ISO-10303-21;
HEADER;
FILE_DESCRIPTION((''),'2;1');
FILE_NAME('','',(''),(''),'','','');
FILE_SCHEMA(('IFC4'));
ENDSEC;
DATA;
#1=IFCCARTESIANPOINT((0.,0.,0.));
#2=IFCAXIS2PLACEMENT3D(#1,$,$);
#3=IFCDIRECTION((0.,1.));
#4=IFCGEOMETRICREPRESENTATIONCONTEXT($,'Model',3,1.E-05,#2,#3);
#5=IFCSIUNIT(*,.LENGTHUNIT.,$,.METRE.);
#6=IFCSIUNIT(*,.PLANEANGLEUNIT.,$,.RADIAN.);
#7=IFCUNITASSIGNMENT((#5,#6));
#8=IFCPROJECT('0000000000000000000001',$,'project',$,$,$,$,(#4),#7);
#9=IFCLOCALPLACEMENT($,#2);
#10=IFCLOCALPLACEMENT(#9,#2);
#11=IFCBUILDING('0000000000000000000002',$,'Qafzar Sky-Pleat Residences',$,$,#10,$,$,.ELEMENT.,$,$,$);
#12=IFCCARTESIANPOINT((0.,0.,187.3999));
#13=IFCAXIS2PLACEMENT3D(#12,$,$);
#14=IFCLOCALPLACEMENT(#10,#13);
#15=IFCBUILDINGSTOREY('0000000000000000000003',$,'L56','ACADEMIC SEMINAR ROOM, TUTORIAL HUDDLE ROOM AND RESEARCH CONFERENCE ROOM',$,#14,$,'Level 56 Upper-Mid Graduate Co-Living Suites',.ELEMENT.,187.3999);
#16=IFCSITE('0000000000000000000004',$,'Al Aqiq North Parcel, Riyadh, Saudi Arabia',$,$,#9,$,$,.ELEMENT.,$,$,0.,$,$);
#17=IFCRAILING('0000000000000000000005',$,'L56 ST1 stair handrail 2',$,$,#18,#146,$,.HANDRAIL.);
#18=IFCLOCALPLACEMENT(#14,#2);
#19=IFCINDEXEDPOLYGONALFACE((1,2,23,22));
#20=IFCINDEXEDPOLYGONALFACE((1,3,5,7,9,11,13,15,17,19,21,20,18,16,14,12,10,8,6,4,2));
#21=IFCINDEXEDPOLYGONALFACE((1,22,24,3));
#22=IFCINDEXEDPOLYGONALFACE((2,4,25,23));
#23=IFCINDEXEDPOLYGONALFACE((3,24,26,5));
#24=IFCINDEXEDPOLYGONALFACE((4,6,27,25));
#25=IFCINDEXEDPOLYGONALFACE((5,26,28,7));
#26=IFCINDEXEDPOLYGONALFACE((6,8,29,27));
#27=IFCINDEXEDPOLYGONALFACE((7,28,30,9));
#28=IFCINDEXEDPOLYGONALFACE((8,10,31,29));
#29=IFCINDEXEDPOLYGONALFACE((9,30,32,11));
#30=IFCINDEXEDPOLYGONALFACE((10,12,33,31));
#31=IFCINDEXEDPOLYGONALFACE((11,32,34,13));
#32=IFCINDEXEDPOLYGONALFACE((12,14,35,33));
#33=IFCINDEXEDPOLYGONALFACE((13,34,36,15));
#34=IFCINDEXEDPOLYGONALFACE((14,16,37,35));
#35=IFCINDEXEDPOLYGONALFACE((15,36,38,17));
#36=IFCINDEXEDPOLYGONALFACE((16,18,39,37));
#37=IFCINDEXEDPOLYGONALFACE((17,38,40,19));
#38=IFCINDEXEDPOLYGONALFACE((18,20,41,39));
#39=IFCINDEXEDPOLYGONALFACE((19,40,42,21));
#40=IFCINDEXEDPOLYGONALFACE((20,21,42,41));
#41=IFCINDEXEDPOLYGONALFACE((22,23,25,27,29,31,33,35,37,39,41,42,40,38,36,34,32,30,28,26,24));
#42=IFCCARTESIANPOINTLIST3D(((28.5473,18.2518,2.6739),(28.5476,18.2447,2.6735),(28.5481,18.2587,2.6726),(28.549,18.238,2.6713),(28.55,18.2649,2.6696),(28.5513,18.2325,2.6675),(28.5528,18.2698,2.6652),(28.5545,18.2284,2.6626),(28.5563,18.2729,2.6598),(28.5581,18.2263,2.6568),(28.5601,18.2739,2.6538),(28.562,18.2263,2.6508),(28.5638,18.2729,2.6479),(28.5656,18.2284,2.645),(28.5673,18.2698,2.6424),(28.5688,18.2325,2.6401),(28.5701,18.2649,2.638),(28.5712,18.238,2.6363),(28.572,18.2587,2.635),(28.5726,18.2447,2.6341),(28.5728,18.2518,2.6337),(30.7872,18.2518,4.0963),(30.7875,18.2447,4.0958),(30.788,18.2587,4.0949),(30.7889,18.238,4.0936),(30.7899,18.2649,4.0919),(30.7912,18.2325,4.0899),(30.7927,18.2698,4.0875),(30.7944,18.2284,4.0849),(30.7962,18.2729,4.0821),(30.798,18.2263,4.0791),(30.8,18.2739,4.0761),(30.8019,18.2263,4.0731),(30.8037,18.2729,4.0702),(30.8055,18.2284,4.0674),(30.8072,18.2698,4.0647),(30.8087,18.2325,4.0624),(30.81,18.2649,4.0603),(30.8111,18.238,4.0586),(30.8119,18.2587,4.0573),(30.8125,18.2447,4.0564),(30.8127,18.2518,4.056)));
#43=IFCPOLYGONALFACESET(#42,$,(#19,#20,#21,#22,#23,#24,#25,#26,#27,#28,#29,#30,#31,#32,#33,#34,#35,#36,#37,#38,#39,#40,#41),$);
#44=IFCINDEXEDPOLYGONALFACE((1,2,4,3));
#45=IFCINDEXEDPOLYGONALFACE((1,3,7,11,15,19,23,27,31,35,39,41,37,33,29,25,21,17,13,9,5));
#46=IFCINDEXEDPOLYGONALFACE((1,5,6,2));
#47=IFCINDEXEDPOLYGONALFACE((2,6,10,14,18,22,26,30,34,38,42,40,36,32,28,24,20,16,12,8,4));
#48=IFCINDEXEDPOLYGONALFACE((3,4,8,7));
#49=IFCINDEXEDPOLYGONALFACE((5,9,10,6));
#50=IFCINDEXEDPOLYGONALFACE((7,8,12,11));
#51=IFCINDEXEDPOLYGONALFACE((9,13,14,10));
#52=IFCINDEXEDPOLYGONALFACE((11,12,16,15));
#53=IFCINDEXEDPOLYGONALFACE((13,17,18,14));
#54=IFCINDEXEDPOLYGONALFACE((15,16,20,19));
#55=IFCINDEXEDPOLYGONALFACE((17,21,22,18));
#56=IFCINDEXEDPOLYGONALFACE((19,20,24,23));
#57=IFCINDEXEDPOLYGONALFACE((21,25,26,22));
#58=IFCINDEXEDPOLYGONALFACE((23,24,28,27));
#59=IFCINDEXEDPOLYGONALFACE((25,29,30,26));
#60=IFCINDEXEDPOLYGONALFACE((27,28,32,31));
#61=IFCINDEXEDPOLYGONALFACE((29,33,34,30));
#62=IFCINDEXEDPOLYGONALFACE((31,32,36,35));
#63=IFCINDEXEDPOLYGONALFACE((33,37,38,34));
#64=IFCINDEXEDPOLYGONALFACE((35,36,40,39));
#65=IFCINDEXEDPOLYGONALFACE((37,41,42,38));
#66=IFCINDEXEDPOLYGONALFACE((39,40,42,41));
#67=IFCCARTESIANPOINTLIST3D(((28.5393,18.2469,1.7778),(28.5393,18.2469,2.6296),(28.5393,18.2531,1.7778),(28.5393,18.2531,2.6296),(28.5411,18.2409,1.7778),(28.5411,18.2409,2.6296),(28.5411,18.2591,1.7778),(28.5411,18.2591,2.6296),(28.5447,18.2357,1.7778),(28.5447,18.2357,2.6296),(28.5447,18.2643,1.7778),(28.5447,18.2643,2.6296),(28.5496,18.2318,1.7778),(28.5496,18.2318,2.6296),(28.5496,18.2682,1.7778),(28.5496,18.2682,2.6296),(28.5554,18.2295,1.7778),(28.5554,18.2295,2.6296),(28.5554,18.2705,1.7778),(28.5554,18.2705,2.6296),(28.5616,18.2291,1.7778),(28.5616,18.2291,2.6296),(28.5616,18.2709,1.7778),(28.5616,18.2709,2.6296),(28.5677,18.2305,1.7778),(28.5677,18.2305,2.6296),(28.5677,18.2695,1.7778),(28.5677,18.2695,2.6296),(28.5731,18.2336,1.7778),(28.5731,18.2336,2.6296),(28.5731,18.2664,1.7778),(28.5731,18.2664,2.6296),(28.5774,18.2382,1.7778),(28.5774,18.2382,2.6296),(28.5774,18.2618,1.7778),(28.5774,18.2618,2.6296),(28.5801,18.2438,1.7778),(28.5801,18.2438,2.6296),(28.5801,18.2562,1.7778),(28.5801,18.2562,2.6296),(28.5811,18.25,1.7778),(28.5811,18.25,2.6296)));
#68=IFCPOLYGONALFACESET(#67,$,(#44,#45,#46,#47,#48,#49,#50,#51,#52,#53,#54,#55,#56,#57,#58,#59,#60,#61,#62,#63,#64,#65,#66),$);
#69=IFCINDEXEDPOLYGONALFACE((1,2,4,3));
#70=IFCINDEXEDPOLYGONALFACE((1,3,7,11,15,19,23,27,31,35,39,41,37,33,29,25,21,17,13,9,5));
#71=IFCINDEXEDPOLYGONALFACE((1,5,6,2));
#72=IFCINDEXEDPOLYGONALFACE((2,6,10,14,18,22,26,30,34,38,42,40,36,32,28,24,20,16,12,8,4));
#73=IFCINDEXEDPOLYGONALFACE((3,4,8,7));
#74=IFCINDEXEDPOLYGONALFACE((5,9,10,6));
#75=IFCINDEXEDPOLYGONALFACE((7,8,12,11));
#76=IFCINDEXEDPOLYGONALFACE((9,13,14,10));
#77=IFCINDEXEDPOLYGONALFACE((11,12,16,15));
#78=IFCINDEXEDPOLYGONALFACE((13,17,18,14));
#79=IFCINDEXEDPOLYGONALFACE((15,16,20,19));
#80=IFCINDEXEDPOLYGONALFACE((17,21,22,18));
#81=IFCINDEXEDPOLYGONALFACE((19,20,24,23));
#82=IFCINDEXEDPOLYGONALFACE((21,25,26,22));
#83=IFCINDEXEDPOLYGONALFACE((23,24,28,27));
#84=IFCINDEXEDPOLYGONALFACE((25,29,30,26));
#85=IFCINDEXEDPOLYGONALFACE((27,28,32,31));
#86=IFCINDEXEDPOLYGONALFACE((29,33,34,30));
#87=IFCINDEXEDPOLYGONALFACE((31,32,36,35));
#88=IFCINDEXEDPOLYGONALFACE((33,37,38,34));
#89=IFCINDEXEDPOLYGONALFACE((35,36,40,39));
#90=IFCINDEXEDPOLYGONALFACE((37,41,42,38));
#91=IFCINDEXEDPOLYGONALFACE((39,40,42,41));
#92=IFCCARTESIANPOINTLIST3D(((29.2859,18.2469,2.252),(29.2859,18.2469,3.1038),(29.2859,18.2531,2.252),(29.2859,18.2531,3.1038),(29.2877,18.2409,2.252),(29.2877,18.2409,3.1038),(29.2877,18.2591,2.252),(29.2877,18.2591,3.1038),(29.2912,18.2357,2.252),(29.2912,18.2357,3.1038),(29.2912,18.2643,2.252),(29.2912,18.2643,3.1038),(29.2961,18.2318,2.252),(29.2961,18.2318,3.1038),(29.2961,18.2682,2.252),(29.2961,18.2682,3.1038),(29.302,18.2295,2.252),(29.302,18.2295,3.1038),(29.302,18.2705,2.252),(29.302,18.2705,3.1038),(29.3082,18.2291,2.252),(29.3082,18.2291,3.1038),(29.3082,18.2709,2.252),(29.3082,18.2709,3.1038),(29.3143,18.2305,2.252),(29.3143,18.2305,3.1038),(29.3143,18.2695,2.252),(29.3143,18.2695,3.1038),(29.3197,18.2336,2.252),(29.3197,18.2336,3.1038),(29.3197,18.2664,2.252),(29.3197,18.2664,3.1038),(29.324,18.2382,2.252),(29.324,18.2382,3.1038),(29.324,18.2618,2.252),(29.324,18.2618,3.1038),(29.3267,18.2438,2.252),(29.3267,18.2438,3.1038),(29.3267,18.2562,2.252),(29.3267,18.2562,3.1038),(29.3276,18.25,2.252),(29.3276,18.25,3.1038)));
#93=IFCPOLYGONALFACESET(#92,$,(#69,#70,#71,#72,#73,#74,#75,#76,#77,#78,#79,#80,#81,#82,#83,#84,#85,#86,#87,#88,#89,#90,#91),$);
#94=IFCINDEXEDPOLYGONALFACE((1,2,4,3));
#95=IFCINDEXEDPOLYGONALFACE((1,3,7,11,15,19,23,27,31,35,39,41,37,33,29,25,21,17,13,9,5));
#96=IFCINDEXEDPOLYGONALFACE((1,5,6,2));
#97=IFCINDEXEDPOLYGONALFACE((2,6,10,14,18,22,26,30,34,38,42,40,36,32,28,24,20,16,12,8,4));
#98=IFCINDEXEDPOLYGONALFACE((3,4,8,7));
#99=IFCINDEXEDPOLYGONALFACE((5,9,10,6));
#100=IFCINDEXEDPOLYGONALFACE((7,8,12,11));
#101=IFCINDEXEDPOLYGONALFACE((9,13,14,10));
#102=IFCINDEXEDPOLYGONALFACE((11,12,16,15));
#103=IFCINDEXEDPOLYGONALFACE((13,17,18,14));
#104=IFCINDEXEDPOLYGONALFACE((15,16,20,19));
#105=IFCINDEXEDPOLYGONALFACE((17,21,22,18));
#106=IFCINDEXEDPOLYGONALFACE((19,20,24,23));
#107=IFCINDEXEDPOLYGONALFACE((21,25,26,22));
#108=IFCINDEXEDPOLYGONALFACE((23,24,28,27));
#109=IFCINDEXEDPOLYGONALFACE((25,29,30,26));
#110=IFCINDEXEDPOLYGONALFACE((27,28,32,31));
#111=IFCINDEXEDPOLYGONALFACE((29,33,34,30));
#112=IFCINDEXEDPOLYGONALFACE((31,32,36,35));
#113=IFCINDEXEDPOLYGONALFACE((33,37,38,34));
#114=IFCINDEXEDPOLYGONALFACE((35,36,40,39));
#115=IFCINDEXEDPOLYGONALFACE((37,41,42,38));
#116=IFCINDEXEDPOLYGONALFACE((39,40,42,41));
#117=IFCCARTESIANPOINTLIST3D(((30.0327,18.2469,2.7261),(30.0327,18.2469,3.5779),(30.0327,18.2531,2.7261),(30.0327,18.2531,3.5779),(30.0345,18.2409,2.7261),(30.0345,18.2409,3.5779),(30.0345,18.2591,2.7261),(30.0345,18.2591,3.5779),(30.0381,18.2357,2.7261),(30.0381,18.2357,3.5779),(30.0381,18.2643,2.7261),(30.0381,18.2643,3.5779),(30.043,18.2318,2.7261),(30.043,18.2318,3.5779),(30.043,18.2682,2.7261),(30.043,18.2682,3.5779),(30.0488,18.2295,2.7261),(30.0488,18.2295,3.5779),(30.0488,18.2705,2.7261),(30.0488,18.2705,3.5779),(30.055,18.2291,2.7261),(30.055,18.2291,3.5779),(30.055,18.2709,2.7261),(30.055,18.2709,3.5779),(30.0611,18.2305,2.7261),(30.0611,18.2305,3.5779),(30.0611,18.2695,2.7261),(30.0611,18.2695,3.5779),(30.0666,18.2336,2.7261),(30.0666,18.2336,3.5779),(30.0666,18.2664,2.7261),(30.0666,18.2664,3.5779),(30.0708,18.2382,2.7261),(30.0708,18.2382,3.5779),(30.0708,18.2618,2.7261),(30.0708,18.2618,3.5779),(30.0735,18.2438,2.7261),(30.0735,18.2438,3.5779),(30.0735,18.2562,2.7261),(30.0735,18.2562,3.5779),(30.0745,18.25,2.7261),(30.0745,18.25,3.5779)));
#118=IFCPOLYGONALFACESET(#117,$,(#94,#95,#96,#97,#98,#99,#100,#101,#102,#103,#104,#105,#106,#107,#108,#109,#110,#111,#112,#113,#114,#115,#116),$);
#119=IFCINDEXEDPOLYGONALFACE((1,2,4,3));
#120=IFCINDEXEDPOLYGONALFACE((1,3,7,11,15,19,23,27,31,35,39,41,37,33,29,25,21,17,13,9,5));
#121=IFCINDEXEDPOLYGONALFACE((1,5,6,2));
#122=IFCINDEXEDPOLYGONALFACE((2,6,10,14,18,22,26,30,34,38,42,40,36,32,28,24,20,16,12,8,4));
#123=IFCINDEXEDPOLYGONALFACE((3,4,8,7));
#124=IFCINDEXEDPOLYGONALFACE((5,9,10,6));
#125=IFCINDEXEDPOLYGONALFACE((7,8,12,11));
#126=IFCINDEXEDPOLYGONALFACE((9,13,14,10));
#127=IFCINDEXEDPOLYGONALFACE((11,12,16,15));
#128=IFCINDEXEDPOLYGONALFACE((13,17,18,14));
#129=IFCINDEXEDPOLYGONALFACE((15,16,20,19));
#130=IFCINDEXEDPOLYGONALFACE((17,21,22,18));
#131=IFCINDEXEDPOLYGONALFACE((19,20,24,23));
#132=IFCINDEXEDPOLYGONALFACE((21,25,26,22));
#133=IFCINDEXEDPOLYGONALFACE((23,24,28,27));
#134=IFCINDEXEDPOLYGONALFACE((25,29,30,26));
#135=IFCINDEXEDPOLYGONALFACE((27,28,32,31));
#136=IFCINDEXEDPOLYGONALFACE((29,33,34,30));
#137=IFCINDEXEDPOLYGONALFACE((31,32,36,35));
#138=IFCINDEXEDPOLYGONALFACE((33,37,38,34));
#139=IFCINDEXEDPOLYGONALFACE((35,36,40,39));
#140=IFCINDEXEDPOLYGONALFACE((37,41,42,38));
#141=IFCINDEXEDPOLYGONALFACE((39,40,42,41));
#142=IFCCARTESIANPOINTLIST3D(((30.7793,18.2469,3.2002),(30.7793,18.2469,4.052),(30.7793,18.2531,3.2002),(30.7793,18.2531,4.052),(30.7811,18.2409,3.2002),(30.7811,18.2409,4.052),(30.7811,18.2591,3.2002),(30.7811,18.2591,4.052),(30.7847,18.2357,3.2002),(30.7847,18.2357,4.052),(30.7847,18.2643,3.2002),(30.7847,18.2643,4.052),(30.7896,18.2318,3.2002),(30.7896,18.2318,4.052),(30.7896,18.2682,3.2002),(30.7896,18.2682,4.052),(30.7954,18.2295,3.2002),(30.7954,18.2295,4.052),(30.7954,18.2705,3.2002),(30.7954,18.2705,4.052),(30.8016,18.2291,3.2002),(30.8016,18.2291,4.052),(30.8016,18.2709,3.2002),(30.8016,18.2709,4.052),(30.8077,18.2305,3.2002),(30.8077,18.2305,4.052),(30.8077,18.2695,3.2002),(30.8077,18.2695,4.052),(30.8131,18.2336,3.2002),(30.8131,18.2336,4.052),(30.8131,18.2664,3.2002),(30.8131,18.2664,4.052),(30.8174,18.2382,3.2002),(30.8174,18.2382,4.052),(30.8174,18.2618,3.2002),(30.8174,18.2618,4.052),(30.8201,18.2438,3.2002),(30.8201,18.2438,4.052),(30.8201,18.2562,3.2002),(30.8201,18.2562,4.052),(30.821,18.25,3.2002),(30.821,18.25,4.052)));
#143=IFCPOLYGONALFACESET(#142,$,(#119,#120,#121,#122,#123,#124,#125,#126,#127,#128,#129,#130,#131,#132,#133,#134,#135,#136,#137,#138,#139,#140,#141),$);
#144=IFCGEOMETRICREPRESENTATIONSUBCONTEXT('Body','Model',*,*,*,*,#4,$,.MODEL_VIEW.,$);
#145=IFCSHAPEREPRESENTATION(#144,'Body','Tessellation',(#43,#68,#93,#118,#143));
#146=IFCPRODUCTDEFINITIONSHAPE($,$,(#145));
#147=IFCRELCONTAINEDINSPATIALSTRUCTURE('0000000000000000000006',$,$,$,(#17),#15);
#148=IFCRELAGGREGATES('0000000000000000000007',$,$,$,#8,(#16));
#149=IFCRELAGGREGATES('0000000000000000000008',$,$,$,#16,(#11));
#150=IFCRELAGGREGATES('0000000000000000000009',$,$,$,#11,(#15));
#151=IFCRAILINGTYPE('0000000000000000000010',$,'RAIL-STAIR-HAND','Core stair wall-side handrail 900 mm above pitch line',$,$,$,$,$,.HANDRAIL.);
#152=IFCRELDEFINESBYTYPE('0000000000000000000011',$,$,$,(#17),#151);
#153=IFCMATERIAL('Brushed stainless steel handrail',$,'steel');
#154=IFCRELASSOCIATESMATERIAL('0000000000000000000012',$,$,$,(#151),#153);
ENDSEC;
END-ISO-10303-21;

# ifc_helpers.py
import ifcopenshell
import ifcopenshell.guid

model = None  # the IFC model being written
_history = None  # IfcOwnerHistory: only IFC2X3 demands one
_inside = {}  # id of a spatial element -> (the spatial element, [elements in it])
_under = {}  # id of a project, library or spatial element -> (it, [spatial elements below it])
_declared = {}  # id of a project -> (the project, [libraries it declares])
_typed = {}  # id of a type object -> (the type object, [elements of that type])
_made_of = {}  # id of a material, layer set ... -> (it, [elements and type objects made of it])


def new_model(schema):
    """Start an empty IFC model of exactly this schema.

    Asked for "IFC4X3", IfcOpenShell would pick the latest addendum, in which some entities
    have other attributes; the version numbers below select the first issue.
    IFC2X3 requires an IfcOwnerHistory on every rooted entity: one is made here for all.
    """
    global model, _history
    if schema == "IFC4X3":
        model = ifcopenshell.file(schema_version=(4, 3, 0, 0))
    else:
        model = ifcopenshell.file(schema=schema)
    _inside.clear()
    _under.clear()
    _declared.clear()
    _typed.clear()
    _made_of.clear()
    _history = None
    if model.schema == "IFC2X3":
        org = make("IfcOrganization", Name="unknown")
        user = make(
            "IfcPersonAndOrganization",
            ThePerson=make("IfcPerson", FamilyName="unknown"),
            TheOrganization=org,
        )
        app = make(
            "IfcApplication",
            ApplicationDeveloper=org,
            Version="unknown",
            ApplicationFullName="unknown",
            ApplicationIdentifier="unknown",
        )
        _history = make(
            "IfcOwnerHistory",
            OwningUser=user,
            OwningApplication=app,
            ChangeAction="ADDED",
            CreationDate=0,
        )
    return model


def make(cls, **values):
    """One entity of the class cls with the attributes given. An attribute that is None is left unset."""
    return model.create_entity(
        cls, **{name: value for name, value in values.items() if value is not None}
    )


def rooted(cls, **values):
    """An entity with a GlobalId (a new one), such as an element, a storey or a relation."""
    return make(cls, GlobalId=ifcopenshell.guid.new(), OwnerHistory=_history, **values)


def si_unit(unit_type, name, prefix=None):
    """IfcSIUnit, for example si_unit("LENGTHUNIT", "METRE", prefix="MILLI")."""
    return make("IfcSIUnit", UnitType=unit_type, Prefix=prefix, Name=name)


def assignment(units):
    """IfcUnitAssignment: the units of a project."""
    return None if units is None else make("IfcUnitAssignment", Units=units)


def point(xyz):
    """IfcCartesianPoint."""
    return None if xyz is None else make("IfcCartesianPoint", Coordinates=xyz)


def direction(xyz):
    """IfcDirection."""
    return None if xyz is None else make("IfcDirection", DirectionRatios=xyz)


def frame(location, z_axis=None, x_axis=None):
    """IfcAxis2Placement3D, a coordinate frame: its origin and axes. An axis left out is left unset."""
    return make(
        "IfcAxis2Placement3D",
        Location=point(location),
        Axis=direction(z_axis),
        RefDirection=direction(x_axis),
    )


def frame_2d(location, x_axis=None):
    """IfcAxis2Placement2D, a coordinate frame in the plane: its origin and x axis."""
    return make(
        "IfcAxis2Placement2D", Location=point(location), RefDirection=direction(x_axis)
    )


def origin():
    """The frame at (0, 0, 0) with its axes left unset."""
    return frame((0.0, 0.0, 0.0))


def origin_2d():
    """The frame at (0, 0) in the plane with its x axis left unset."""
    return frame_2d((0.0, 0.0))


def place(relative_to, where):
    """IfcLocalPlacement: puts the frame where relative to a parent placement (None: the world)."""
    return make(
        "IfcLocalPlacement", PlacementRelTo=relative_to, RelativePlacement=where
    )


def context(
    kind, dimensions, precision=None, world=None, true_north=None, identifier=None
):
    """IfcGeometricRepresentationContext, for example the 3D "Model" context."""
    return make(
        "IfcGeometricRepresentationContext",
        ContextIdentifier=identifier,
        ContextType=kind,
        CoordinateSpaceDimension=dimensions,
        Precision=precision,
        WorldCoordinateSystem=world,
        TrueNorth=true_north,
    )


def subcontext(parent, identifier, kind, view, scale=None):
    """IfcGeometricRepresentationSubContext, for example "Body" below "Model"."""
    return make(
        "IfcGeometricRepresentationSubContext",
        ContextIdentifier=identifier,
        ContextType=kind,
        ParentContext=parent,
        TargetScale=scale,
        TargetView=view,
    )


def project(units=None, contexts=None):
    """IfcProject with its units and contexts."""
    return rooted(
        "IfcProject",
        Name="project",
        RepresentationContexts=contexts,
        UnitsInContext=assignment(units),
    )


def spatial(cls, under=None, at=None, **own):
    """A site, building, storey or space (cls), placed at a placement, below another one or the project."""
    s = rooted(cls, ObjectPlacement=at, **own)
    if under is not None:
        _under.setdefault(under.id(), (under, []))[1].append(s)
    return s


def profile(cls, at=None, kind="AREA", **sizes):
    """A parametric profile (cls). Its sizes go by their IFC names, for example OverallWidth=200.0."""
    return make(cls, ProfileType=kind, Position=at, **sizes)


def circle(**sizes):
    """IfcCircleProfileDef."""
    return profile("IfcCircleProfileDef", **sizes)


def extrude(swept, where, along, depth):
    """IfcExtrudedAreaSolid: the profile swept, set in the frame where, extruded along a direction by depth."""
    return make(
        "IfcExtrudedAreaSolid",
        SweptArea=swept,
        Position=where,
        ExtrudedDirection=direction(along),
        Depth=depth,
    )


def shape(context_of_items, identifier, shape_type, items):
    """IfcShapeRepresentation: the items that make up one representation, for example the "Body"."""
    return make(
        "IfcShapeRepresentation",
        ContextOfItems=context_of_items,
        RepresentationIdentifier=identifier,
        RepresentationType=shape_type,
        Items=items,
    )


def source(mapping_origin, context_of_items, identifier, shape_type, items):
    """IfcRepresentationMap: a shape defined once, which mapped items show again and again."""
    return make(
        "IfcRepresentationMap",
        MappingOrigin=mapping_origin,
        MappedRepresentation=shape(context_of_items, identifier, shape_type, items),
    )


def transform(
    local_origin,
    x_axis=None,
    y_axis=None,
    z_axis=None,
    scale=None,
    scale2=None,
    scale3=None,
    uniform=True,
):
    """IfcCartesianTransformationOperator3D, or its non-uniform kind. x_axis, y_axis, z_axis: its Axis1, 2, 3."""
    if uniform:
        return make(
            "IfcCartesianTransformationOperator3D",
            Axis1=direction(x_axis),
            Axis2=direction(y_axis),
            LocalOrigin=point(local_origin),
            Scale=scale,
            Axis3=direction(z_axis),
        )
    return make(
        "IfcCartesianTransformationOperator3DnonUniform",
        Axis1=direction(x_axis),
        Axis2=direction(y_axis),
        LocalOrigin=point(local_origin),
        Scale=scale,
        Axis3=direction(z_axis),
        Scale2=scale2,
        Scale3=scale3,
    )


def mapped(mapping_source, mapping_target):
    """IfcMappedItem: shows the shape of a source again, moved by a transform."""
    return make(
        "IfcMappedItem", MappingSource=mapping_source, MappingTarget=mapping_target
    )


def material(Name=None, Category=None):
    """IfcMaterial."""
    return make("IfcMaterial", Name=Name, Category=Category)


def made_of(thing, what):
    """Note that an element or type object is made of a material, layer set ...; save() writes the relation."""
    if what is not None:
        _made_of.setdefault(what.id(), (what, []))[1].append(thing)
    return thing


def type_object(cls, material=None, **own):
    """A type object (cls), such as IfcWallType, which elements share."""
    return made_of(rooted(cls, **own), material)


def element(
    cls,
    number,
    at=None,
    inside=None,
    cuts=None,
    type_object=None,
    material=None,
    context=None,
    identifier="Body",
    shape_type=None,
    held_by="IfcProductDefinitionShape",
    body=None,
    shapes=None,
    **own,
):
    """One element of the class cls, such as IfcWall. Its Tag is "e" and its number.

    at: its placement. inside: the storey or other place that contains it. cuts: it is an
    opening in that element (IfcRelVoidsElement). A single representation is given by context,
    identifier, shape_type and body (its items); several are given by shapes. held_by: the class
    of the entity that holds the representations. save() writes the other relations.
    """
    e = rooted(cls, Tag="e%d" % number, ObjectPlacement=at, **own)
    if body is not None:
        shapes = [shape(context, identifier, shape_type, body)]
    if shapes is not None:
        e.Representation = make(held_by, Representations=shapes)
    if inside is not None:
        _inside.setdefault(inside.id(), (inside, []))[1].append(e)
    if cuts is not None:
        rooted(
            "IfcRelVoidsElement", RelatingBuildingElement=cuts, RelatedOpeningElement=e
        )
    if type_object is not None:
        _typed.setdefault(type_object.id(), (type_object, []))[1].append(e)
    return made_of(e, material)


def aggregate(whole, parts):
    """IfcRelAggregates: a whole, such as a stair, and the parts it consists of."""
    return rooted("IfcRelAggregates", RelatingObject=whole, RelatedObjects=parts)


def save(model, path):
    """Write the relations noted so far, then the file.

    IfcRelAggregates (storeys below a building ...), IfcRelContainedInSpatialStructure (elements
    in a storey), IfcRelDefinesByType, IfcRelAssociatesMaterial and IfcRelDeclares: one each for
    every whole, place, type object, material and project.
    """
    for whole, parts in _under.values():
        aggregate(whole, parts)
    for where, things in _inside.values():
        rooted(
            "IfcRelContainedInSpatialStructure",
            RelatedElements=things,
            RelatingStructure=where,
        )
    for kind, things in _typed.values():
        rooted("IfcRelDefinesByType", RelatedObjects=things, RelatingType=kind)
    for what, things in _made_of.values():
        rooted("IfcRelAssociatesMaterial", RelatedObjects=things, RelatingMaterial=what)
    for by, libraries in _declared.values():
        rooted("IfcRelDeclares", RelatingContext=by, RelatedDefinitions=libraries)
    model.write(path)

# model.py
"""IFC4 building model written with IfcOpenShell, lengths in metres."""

from ifc_helpers import new_model, si_unit, direction, frame, origin, origin_2d, place, context, subcontext, project, spatial, circle, extrude, source, transform, mapped, material, type_object, element, save


model = new_model("IFC4")

# Units and contexts
model_context = context("Model", 3, precision=1e-05, world=origin(), true_north=direction((0.0, 1.0)))
body_context = subcontext(model_context, "Body", "Model", "MODEL_VIEW")
ifc_project = project(units=[si_unit("LENGTHUNIT", "METRE"), si_unit("PLANEANGLEUNIT", "RADIAN")], contexts=[model_context])

# Site, building, storey
site_placement = place(None, origin())
site = spatial("IfcSite", under=ifc_project, at=site_placement, Name="Al Aqiq North Parcel, Riyadh, Saudi Arabia", CompositionType="ELEMENT", RefElevation=0.0)
building_placement = place(site_placement, origin())
building = spatial("IfcBuilding", under=site, at=building_placement, Name="Qafzar Sky-Pleat Residences", CompositionType="ELEMENT")
storey_placement = place(building_placement, frame((0.0, 0.0, 187.3999)))
storey = spatial("IfcBuildingStorey", under=building, at=storey_placement, Name="L56", Description="ACADEMIC SEMINAR ROOM, TUTORIAL HUDDLE ROOM AND RESEARCH CONFERENCE ROOM", LongName="Level 56 Upper-Mid Graduate Co-Living Suites", CompositionType="ELEMENT", Elevation=187.3999)

# Railing
ifc_material_1 = material(Name="Brushed stainless steel handrail", Category="steel")
railing_type_1 = type_object("IfcRailingType", Name="RAIL-STAIR-HAND", Description="Core stair wall-side handrail 900 mm above pitch line", PredefinedType="HANDRAIL", material=ifc_material_1)
shared_shape_1 = source(origin(), body_context, "Body", "SweptSolid", [
    extrude(circle(Radius=0.0239, at=origin_2d()), frame((0.0, 0.0, 0.876), z_axis=(0.844188, 0.0, 0.536048), x_axis=(0.0, 1.0, 0.0)), (0.0, 0.0, 1.0), 2.6533),
    extrude(circle(Radius=0.021, at=origin_2d()), origin(), (0.0, 0.0, 1.0), 0.8518),
    extrude(circle(Radius=0.021, at=origin_2d()), frame((0.7466, 0.0, 0.4741)), (0.0, 0.0, 1.0), 0.8518),
    extrude(circle(Radius=0.021, at=origin_2d()), frame((1.4934, 0.0, 0.9482)), (0.0, 0.0, 1.0), 0.8518),
    extrude(circle(Radius=0.021, at=origin_2d()), frame((2.24, 0.0, 1.4224)), (0.0, 0.0, 1.0), 0.8518),
])
railing_1_placement = place(storey_placement, frame((28.5601, 18.25, 1.7778)))
element("IfcRailing", 1, at=railing_1_placement, inside=storey, type_object=railing_type_1, Name="L56 ST1 stair handrail 2", PredefinedType="HANDRAIL", context=body_context, shape_type="MappedRepresentation", body=[
    mapped(shared_shape_1, transform((0.0, 0.0, 0.0), x_axis=(1.0, 0.0, 0.0), y_axis=(0.0, 1.0, 0.0), z_axis=(0.0, 0.0, 1.0), scale=1.0)),
])

save(model, "model.ifc")
